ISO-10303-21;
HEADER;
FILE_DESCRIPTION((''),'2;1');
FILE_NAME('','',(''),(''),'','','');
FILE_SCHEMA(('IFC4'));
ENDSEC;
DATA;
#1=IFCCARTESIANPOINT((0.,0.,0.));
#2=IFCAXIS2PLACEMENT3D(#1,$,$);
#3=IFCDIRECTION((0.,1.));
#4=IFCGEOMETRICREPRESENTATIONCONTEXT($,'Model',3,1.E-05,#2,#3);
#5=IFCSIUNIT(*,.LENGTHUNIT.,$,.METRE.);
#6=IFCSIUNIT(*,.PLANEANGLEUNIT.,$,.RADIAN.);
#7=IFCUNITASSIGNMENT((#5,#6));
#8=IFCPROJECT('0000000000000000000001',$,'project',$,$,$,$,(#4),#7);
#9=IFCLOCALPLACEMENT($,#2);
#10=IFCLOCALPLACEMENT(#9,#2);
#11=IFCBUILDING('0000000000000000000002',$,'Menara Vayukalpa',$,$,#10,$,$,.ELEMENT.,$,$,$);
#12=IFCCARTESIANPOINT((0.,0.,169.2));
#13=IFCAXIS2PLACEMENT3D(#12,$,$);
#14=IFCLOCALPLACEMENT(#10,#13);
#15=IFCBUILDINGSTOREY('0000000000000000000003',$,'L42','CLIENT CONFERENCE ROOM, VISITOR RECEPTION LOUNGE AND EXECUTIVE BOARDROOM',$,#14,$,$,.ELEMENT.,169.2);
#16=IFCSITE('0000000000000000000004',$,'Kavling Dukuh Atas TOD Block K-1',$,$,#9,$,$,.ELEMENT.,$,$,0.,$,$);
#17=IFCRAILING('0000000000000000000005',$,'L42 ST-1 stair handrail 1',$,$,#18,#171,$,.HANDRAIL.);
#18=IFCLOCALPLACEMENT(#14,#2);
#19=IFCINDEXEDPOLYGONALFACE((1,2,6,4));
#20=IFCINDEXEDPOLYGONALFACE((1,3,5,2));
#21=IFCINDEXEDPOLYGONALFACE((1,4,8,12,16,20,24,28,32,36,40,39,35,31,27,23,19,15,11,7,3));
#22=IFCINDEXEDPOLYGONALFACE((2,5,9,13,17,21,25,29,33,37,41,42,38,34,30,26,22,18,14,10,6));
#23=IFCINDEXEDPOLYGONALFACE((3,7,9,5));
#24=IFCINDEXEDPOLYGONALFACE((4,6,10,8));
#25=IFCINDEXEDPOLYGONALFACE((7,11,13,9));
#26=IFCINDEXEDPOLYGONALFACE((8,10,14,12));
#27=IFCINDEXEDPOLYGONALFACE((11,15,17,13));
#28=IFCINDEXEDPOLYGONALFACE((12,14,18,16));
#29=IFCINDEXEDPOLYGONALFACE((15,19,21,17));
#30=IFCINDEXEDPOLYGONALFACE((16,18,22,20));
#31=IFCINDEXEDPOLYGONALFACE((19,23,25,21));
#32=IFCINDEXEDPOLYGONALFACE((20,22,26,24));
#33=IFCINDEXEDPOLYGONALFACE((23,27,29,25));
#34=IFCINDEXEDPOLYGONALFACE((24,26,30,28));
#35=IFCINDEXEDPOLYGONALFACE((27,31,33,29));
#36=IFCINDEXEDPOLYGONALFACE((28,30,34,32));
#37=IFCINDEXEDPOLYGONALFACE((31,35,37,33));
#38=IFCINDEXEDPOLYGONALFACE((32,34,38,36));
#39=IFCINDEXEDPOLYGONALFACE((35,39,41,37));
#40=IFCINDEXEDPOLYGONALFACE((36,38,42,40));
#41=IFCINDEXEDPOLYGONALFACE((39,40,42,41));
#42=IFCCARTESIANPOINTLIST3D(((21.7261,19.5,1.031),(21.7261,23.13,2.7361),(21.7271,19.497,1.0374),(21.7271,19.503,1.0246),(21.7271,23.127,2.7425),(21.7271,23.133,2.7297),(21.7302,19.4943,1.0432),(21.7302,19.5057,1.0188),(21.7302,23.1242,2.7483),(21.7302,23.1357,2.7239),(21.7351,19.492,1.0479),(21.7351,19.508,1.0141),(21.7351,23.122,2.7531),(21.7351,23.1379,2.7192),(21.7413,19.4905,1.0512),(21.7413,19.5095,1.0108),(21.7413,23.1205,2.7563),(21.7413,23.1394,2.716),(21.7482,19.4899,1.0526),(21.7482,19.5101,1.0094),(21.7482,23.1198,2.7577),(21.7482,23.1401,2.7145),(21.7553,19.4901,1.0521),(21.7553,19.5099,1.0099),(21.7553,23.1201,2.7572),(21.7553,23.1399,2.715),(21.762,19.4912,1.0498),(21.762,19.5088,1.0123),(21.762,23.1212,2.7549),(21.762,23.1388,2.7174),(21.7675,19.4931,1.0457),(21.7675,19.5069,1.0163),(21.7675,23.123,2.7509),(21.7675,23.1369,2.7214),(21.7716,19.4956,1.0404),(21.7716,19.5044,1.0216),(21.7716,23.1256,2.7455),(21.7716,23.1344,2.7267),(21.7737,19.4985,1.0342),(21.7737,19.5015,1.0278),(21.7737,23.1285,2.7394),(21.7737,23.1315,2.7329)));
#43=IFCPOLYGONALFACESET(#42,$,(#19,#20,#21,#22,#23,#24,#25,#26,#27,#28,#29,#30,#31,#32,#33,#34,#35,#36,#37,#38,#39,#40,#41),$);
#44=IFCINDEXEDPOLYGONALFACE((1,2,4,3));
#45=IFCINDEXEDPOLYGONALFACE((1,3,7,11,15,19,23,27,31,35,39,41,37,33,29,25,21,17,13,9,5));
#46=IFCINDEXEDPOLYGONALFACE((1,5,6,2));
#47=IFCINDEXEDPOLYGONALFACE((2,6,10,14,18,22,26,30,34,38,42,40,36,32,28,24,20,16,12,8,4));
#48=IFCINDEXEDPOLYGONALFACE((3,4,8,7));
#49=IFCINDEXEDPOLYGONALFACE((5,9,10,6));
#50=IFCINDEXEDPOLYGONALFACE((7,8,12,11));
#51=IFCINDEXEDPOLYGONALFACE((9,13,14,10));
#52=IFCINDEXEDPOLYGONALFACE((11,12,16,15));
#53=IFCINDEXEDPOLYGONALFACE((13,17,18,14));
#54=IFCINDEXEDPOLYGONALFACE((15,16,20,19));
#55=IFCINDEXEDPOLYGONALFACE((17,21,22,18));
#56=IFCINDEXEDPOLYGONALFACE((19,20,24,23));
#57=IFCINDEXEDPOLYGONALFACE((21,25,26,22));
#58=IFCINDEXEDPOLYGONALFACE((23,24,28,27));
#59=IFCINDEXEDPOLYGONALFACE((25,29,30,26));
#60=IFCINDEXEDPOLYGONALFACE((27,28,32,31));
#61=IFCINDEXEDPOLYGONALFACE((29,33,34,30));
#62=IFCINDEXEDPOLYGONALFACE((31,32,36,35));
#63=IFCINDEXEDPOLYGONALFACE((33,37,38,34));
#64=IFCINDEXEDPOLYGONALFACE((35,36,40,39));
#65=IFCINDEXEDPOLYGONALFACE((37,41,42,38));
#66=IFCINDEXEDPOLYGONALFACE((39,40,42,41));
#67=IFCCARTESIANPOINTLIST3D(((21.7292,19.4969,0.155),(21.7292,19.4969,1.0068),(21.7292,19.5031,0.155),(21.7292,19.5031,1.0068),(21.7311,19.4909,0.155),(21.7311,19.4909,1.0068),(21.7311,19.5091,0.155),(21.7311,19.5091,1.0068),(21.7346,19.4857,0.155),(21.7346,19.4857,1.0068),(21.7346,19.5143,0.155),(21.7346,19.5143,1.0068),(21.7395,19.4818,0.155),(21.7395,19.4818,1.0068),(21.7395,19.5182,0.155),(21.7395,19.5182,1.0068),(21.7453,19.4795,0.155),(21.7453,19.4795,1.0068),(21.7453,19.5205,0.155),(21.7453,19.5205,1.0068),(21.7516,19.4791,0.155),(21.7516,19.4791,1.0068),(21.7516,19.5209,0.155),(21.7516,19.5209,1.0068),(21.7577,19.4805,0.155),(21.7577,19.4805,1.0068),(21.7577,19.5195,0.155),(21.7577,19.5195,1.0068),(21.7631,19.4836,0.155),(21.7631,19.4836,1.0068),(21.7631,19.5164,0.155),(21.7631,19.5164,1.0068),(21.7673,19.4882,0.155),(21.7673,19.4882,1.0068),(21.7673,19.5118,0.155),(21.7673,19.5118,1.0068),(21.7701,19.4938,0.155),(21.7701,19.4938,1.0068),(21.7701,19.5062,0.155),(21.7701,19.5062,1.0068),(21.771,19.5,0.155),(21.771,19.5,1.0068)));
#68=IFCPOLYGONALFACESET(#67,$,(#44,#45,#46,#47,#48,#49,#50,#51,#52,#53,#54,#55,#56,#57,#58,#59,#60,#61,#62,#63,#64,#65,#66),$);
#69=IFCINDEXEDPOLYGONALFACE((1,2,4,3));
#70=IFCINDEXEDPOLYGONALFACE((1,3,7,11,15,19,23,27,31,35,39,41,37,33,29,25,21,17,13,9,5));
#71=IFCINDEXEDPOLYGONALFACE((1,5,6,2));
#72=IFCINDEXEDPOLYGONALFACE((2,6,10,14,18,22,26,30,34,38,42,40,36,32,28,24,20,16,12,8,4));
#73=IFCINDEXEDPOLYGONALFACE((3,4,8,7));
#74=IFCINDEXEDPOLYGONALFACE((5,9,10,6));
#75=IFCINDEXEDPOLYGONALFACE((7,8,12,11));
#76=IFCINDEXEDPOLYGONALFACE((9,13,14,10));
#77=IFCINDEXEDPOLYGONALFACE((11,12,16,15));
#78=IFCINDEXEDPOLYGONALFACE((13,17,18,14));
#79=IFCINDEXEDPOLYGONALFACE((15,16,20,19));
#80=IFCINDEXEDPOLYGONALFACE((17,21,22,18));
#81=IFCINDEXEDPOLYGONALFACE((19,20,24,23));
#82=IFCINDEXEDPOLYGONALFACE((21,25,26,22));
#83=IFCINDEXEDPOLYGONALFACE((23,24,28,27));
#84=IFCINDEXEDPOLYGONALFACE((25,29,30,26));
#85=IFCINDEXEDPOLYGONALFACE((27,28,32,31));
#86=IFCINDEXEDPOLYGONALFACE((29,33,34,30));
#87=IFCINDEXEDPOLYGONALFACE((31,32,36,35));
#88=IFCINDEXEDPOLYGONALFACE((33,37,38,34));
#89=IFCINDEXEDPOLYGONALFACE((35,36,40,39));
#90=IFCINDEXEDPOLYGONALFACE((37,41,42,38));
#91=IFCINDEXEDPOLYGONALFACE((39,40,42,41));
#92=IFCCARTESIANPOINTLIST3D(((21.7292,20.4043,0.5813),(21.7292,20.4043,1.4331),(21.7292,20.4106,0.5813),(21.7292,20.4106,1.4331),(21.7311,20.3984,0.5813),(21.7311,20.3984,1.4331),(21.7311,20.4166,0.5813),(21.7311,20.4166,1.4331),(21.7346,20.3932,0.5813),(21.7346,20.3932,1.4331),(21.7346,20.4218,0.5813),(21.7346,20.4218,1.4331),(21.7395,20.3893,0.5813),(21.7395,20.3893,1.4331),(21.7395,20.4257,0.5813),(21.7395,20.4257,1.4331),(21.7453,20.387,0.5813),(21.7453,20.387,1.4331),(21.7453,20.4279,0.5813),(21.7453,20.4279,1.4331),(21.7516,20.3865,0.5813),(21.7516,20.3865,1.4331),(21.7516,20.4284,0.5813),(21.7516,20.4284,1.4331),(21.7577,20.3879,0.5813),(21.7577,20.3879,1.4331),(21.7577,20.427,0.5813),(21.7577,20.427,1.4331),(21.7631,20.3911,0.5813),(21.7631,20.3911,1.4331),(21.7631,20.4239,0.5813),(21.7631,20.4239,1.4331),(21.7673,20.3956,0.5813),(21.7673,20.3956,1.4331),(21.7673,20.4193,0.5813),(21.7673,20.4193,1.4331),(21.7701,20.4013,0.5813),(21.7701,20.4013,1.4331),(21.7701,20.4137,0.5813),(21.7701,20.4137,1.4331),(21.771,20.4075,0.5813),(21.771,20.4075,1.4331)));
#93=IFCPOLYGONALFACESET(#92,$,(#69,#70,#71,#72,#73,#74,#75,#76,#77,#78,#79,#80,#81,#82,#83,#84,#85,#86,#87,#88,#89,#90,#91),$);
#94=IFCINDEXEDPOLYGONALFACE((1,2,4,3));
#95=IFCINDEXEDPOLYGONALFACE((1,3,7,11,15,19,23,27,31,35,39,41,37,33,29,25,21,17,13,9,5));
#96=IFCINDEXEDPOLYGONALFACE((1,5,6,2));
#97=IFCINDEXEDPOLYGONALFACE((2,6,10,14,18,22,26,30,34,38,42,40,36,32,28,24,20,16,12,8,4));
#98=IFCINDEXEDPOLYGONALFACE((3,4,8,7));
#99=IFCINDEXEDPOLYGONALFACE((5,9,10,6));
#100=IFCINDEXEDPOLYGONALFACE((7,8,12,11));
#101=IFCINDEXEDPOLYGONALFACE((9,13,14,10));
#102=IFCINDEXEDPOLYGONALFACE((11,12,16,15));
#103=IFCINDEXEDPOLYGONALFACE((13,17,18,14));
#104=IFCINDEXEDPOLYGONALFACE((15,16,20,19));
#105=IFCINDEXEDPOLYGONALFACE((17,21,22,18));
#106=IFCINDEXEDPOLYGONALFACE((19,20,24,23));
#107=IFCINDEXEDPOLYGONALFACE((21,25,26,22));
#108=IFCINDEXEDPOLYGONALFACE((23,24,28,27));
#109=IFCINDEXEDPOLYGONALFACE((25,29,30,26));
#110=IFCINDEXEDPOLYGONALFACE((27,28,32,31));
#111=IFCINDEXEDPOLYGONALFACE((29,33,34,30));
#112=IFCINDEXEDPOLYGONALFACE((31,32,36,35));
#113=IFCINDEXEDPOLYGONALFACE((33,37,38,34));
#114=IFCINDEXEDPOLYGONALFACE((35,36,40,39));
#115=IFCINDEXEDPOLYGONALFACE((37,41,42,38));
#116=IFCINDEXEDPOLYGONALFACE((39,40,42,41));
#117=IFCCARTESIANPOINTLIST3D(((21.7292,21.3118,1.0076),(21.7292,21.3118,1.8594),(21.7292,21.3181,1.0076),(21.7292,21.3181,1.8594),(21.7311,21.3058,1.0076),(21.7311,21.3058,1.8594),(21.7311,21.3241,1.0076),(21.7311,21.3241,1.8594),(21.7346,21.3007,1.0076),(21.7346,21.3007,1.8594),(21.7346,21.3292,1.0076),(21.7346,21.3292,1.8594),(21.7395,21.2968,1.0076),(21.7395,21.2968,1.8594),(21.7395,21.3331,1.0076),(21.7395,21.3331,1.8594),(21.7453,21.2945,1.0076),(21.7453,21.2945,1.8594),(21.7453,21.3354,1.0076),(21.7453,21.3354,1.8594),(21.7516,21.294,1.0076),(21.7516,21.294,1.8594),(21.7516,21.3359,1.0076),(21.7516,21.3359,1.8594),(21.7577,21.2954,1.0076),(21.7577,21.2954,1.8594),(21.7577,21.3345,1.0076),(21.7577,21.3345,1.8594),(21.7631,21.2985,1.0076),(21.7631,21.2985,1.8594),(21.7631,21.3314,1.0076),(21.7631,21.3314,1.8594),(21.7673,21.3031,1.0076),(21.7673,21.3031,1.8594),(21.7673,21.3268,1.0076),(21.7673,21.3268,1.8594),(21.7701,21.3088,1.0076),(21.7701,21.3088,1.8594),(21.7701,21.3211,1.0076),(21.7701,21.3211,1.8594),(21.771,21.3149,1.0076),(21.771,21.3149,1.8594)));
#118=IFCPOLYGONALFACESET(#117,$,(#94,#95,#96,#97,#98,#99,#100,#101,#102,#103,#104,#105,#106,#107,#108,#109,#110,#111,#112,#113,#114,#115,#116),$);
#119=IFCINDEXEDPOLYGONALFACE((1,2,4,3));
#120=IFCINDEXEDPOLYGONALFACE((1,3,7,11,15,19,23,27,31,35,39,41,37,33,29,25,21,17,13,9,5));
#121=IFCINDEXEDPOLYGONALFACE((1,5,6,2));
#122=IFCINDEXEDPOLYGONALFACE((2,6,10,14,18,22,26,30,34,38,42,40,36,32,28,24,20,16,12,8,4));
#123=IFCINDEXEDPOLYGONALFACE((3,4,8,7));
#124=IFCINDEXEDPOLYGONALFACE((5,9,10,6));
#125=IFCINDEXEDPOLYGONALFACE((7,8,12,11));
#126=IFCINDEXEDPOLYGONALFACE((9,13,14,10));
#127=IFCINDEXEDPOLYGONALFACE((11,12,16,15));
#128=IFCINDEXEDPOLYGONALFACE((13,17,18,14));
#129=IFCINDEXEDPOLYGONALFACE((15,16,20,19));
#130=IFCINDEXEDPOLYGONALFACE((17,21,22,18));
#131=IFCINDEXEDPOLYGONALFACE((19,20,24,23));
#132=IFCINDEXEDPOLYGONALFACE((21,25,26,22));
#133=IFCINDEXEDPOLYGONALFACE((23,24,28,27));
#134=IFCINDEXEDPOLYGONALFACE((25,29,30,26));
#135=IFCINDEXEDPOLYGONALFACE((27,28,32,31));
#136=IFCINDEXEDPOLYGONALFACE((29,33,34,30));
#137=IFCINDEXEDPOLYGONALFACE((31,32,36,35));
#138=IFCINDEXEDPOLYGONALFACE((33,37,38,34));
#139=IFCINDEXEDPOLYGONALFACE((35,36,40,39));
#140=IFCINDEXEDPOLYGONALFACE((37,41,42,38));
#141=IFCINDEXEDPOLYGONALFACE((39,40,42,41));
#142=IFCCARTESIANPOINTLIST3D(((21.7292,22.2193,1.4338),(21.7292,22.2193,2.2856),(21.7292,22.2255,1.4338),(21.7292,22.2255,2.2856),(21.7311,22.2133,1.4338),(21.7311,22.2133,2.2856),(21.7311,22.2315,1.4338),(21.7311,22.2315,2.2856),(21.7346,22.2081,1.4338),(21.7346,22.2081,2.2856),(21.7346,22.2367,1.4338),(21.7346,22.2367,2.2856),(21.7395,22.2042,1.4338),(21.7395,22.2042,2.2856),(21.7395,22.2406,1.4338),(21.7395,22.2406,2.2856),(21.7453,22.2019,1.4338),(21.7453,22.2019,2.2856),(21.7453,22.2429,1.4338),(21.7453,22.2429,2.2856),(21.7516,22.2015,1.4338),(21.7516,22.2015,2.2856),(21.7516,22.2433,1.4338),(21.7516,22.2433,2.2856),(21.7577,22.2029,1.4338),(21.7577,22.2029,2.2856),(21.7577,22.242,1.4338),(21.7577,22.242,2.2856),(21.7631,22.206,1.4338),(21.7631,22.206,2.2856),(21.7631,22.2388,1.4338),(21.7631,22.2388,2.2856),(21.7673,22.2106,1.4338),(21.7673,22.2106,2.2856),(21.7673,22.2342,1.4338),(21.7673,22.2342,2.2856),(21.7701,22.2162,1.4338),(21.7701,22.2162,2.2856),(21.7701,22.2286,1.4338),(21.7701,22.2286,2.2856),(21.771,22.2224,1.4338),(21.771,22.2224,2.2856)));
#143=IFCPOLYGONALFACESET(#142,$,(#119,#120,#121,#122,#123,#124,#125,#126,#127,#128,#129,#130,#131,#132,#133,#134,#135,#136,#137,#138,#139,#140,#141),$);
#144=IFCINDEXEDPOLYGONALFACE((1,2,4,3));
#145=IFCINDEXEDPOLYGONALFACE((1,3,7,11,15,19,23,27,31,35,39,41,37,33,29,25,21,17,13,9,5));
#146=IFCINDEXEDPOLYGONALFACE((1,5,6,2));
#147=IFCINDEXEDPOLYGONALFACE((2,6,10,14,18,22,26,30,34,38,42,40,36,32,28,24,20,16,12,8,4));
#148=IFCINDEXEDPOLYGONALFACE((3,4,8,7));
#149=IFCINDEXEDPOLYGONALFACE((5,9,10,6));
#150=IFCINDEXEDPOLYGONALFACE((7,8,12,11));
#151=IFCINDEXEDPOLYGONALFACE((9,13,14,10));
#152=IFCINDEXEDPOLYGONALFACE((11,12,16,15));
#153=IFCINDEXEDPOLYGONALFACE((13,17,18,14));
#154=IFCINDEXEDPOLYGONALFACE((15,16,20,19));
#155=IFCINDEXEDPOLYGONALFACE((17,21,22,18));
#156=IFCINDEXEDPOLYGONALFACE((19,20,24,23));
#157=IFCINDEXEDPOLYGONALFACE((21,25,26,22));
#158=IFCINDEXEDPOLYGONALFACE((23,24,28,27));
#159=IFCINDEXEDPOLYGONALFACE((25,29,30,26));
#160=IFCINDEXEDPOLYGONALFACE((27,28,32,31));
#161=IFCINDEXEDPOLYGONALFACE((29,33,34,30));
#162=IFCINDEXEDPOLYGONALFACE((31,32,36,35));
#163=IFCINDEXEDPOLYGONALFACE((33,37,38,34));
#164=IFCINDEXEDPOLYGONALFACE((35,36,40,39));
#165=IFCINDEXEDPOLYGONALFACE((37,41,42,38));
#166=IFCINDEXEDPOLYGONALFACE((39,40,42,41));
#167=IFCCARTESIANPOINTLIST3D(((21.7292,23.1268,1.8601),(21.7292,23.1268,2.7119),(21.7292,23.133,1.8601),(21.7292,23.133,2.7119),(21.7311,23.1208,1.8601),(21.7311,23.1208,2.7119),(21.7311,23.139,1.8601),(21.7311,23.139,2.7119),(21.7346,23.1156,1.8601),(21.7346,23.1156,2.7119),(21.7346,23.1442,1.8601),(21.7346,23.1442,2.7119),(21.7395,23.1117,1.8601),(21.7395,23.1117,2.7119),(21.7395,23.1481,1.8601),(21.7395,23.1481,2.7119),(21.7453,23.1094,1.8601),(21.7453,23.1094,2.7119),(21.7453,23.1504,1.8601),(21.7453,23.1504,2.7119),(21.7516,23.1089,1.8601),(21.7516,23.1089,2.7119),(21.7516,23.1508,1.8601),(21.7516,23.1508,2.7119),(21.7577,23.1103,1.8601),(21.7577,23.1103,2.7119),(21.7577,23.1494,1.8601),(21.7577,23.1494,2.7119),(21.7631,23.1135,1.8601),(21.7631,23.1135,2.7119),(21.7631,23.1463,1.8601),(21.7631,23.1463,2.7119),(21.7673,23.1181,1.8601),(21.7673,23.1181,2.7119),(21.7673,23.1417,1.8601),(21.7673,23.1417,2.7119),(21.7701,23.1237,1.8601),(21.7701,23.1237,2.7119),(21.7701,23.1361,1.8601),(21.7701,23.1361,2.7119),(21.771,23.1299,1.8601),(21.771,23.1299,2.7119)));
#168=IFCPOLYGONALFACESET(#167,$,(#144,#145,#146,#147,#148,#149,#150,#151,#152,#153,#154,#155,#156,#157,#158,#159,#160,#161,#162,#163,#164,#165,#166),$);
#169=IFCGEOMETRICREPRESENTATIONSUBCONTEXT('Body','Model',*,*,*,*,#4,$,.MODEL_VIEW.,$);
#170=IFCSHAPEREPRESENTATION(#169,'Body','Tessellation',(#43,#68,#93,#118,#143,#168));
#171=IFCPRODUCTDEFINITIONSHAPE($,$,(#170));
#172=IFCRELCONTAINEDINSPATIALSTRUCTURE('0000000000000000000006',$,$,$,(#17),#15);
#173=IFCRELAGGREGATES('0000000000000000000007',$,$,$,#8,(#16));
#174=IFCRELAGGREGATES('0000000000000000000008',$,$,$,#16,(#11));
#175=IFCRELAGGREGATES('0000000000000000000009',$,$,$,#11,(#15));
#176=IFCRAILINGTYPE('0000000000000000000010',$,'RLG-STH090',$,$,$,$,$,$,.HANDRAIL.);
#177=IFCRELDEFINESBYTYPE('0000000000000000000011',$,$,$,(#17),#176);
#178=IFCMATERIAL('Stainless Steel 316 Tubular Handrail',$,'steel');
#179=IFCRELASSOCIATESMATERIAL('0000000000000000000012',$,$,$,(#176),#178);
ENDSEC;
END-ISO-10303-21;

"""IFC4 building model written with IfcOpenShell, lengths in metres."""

from ifc_helpers import new_model, si_unit, direction, frame, origin, origin_2d, place, context, subcontext, project, spatial, circle, extrude, material, type_object, element, save


model = new_model("IFC4")

# Units and contexts
model_context = context("Model", 3, precision=1e-05, world=origin(), true_north=direction((0.0, 1.0)))
body_context = subcontext(model_context, "Body", "Model", "MODEL_VIEW")
ifc_project = project(units=[si_unit("LENGTHUNIT", "METRE"), si_unit("PLANEANGLEUNIT", "RADIAN")], contexts=[model_context])

# Site, building, storey
site_placement = place(None, origin())
site = spatial("IfcSite", under=ifc_project, at=site_placement, Name="Kavling Dukuh Atas TOD Block K-1", CompositionType="ELEMENT", RefElevation=0.0)
building_placement = place(site_placement, origin())
building = spatial("IfcBuilding", under=site, at=building_placement, Name="Menara Vayukalpa", CompositionType="ELEMENT")
storey_placement = place(building_placement, frame((0.0, 0.0, 169.2)))
storey = spatial("IfcBuildingStorey", under=building, at=storey_placement, Name="L42", Description="CLIENT CONFERENCE ROOM, VISITOR RECEPTION LOUNGE AND EXECUTIVE BOARDROOM", CompositionType="ELEMENT", Elevation=169.2)

# Railing
ifc_material_1 = material(Name="Stainless Steel 316 Tubular Handrail", Category="steel")
railing_type_1 = type_object("IfcRailingType", Name="RLG-STH090", PredefinedType="HANDRAIL", material=ifc_material_1)
railing_1_placement = place(storey_placement, frame((21.75, 19.5, 0.155)))
element("IfcRailing", 1, at=railing_1_placement, inside=storey, type_object=railing_type_1, Name="L42 ST-1 stair handrail 1", PredefinedType="HANDRAIL", context=body_context, shape_type="SweptSolid", body=[
    extrude(circle(Radius=0.0239, at=origin_2d()), frame((0.0, 0.0, 0.876), z_axis=(0.0, 0.905116, 0.425164), x_axis=(-1.0, 0.0, 0.0)), (0.0, 0.0, 1.0), 4.0105),
    extrude(circle(Radius=0.021, at=origin_2d()), origin(), (0.0, 0.0, 1.0), 0.8518),
    extrude(circle(Radius=0.021, at=origin_2d()), frame((0.0, 0.9075, 0.4263)), (0.0, 0.0, 1.0), 0.8518),
    extrude(circle(Radius=0.021, at=origin_2d()), frame((0.0, 1.8149, 0.8525)), (0.0, 0.0, 1.0), 0.8518),
    extrude(circle(Radius=0.021, at=origin_2d()), frame((0.0, 2.7224, 1.2788)), (0.0, 0.0, 1.0), 0.8518),
    extrude(circle(Radius=0.021, at=origin_2d()), frame((0.0, 3.6299, 1.7051)), (0.0, 0.0, 1.0), 0.8518),
])

save(model, "model.ifc")
